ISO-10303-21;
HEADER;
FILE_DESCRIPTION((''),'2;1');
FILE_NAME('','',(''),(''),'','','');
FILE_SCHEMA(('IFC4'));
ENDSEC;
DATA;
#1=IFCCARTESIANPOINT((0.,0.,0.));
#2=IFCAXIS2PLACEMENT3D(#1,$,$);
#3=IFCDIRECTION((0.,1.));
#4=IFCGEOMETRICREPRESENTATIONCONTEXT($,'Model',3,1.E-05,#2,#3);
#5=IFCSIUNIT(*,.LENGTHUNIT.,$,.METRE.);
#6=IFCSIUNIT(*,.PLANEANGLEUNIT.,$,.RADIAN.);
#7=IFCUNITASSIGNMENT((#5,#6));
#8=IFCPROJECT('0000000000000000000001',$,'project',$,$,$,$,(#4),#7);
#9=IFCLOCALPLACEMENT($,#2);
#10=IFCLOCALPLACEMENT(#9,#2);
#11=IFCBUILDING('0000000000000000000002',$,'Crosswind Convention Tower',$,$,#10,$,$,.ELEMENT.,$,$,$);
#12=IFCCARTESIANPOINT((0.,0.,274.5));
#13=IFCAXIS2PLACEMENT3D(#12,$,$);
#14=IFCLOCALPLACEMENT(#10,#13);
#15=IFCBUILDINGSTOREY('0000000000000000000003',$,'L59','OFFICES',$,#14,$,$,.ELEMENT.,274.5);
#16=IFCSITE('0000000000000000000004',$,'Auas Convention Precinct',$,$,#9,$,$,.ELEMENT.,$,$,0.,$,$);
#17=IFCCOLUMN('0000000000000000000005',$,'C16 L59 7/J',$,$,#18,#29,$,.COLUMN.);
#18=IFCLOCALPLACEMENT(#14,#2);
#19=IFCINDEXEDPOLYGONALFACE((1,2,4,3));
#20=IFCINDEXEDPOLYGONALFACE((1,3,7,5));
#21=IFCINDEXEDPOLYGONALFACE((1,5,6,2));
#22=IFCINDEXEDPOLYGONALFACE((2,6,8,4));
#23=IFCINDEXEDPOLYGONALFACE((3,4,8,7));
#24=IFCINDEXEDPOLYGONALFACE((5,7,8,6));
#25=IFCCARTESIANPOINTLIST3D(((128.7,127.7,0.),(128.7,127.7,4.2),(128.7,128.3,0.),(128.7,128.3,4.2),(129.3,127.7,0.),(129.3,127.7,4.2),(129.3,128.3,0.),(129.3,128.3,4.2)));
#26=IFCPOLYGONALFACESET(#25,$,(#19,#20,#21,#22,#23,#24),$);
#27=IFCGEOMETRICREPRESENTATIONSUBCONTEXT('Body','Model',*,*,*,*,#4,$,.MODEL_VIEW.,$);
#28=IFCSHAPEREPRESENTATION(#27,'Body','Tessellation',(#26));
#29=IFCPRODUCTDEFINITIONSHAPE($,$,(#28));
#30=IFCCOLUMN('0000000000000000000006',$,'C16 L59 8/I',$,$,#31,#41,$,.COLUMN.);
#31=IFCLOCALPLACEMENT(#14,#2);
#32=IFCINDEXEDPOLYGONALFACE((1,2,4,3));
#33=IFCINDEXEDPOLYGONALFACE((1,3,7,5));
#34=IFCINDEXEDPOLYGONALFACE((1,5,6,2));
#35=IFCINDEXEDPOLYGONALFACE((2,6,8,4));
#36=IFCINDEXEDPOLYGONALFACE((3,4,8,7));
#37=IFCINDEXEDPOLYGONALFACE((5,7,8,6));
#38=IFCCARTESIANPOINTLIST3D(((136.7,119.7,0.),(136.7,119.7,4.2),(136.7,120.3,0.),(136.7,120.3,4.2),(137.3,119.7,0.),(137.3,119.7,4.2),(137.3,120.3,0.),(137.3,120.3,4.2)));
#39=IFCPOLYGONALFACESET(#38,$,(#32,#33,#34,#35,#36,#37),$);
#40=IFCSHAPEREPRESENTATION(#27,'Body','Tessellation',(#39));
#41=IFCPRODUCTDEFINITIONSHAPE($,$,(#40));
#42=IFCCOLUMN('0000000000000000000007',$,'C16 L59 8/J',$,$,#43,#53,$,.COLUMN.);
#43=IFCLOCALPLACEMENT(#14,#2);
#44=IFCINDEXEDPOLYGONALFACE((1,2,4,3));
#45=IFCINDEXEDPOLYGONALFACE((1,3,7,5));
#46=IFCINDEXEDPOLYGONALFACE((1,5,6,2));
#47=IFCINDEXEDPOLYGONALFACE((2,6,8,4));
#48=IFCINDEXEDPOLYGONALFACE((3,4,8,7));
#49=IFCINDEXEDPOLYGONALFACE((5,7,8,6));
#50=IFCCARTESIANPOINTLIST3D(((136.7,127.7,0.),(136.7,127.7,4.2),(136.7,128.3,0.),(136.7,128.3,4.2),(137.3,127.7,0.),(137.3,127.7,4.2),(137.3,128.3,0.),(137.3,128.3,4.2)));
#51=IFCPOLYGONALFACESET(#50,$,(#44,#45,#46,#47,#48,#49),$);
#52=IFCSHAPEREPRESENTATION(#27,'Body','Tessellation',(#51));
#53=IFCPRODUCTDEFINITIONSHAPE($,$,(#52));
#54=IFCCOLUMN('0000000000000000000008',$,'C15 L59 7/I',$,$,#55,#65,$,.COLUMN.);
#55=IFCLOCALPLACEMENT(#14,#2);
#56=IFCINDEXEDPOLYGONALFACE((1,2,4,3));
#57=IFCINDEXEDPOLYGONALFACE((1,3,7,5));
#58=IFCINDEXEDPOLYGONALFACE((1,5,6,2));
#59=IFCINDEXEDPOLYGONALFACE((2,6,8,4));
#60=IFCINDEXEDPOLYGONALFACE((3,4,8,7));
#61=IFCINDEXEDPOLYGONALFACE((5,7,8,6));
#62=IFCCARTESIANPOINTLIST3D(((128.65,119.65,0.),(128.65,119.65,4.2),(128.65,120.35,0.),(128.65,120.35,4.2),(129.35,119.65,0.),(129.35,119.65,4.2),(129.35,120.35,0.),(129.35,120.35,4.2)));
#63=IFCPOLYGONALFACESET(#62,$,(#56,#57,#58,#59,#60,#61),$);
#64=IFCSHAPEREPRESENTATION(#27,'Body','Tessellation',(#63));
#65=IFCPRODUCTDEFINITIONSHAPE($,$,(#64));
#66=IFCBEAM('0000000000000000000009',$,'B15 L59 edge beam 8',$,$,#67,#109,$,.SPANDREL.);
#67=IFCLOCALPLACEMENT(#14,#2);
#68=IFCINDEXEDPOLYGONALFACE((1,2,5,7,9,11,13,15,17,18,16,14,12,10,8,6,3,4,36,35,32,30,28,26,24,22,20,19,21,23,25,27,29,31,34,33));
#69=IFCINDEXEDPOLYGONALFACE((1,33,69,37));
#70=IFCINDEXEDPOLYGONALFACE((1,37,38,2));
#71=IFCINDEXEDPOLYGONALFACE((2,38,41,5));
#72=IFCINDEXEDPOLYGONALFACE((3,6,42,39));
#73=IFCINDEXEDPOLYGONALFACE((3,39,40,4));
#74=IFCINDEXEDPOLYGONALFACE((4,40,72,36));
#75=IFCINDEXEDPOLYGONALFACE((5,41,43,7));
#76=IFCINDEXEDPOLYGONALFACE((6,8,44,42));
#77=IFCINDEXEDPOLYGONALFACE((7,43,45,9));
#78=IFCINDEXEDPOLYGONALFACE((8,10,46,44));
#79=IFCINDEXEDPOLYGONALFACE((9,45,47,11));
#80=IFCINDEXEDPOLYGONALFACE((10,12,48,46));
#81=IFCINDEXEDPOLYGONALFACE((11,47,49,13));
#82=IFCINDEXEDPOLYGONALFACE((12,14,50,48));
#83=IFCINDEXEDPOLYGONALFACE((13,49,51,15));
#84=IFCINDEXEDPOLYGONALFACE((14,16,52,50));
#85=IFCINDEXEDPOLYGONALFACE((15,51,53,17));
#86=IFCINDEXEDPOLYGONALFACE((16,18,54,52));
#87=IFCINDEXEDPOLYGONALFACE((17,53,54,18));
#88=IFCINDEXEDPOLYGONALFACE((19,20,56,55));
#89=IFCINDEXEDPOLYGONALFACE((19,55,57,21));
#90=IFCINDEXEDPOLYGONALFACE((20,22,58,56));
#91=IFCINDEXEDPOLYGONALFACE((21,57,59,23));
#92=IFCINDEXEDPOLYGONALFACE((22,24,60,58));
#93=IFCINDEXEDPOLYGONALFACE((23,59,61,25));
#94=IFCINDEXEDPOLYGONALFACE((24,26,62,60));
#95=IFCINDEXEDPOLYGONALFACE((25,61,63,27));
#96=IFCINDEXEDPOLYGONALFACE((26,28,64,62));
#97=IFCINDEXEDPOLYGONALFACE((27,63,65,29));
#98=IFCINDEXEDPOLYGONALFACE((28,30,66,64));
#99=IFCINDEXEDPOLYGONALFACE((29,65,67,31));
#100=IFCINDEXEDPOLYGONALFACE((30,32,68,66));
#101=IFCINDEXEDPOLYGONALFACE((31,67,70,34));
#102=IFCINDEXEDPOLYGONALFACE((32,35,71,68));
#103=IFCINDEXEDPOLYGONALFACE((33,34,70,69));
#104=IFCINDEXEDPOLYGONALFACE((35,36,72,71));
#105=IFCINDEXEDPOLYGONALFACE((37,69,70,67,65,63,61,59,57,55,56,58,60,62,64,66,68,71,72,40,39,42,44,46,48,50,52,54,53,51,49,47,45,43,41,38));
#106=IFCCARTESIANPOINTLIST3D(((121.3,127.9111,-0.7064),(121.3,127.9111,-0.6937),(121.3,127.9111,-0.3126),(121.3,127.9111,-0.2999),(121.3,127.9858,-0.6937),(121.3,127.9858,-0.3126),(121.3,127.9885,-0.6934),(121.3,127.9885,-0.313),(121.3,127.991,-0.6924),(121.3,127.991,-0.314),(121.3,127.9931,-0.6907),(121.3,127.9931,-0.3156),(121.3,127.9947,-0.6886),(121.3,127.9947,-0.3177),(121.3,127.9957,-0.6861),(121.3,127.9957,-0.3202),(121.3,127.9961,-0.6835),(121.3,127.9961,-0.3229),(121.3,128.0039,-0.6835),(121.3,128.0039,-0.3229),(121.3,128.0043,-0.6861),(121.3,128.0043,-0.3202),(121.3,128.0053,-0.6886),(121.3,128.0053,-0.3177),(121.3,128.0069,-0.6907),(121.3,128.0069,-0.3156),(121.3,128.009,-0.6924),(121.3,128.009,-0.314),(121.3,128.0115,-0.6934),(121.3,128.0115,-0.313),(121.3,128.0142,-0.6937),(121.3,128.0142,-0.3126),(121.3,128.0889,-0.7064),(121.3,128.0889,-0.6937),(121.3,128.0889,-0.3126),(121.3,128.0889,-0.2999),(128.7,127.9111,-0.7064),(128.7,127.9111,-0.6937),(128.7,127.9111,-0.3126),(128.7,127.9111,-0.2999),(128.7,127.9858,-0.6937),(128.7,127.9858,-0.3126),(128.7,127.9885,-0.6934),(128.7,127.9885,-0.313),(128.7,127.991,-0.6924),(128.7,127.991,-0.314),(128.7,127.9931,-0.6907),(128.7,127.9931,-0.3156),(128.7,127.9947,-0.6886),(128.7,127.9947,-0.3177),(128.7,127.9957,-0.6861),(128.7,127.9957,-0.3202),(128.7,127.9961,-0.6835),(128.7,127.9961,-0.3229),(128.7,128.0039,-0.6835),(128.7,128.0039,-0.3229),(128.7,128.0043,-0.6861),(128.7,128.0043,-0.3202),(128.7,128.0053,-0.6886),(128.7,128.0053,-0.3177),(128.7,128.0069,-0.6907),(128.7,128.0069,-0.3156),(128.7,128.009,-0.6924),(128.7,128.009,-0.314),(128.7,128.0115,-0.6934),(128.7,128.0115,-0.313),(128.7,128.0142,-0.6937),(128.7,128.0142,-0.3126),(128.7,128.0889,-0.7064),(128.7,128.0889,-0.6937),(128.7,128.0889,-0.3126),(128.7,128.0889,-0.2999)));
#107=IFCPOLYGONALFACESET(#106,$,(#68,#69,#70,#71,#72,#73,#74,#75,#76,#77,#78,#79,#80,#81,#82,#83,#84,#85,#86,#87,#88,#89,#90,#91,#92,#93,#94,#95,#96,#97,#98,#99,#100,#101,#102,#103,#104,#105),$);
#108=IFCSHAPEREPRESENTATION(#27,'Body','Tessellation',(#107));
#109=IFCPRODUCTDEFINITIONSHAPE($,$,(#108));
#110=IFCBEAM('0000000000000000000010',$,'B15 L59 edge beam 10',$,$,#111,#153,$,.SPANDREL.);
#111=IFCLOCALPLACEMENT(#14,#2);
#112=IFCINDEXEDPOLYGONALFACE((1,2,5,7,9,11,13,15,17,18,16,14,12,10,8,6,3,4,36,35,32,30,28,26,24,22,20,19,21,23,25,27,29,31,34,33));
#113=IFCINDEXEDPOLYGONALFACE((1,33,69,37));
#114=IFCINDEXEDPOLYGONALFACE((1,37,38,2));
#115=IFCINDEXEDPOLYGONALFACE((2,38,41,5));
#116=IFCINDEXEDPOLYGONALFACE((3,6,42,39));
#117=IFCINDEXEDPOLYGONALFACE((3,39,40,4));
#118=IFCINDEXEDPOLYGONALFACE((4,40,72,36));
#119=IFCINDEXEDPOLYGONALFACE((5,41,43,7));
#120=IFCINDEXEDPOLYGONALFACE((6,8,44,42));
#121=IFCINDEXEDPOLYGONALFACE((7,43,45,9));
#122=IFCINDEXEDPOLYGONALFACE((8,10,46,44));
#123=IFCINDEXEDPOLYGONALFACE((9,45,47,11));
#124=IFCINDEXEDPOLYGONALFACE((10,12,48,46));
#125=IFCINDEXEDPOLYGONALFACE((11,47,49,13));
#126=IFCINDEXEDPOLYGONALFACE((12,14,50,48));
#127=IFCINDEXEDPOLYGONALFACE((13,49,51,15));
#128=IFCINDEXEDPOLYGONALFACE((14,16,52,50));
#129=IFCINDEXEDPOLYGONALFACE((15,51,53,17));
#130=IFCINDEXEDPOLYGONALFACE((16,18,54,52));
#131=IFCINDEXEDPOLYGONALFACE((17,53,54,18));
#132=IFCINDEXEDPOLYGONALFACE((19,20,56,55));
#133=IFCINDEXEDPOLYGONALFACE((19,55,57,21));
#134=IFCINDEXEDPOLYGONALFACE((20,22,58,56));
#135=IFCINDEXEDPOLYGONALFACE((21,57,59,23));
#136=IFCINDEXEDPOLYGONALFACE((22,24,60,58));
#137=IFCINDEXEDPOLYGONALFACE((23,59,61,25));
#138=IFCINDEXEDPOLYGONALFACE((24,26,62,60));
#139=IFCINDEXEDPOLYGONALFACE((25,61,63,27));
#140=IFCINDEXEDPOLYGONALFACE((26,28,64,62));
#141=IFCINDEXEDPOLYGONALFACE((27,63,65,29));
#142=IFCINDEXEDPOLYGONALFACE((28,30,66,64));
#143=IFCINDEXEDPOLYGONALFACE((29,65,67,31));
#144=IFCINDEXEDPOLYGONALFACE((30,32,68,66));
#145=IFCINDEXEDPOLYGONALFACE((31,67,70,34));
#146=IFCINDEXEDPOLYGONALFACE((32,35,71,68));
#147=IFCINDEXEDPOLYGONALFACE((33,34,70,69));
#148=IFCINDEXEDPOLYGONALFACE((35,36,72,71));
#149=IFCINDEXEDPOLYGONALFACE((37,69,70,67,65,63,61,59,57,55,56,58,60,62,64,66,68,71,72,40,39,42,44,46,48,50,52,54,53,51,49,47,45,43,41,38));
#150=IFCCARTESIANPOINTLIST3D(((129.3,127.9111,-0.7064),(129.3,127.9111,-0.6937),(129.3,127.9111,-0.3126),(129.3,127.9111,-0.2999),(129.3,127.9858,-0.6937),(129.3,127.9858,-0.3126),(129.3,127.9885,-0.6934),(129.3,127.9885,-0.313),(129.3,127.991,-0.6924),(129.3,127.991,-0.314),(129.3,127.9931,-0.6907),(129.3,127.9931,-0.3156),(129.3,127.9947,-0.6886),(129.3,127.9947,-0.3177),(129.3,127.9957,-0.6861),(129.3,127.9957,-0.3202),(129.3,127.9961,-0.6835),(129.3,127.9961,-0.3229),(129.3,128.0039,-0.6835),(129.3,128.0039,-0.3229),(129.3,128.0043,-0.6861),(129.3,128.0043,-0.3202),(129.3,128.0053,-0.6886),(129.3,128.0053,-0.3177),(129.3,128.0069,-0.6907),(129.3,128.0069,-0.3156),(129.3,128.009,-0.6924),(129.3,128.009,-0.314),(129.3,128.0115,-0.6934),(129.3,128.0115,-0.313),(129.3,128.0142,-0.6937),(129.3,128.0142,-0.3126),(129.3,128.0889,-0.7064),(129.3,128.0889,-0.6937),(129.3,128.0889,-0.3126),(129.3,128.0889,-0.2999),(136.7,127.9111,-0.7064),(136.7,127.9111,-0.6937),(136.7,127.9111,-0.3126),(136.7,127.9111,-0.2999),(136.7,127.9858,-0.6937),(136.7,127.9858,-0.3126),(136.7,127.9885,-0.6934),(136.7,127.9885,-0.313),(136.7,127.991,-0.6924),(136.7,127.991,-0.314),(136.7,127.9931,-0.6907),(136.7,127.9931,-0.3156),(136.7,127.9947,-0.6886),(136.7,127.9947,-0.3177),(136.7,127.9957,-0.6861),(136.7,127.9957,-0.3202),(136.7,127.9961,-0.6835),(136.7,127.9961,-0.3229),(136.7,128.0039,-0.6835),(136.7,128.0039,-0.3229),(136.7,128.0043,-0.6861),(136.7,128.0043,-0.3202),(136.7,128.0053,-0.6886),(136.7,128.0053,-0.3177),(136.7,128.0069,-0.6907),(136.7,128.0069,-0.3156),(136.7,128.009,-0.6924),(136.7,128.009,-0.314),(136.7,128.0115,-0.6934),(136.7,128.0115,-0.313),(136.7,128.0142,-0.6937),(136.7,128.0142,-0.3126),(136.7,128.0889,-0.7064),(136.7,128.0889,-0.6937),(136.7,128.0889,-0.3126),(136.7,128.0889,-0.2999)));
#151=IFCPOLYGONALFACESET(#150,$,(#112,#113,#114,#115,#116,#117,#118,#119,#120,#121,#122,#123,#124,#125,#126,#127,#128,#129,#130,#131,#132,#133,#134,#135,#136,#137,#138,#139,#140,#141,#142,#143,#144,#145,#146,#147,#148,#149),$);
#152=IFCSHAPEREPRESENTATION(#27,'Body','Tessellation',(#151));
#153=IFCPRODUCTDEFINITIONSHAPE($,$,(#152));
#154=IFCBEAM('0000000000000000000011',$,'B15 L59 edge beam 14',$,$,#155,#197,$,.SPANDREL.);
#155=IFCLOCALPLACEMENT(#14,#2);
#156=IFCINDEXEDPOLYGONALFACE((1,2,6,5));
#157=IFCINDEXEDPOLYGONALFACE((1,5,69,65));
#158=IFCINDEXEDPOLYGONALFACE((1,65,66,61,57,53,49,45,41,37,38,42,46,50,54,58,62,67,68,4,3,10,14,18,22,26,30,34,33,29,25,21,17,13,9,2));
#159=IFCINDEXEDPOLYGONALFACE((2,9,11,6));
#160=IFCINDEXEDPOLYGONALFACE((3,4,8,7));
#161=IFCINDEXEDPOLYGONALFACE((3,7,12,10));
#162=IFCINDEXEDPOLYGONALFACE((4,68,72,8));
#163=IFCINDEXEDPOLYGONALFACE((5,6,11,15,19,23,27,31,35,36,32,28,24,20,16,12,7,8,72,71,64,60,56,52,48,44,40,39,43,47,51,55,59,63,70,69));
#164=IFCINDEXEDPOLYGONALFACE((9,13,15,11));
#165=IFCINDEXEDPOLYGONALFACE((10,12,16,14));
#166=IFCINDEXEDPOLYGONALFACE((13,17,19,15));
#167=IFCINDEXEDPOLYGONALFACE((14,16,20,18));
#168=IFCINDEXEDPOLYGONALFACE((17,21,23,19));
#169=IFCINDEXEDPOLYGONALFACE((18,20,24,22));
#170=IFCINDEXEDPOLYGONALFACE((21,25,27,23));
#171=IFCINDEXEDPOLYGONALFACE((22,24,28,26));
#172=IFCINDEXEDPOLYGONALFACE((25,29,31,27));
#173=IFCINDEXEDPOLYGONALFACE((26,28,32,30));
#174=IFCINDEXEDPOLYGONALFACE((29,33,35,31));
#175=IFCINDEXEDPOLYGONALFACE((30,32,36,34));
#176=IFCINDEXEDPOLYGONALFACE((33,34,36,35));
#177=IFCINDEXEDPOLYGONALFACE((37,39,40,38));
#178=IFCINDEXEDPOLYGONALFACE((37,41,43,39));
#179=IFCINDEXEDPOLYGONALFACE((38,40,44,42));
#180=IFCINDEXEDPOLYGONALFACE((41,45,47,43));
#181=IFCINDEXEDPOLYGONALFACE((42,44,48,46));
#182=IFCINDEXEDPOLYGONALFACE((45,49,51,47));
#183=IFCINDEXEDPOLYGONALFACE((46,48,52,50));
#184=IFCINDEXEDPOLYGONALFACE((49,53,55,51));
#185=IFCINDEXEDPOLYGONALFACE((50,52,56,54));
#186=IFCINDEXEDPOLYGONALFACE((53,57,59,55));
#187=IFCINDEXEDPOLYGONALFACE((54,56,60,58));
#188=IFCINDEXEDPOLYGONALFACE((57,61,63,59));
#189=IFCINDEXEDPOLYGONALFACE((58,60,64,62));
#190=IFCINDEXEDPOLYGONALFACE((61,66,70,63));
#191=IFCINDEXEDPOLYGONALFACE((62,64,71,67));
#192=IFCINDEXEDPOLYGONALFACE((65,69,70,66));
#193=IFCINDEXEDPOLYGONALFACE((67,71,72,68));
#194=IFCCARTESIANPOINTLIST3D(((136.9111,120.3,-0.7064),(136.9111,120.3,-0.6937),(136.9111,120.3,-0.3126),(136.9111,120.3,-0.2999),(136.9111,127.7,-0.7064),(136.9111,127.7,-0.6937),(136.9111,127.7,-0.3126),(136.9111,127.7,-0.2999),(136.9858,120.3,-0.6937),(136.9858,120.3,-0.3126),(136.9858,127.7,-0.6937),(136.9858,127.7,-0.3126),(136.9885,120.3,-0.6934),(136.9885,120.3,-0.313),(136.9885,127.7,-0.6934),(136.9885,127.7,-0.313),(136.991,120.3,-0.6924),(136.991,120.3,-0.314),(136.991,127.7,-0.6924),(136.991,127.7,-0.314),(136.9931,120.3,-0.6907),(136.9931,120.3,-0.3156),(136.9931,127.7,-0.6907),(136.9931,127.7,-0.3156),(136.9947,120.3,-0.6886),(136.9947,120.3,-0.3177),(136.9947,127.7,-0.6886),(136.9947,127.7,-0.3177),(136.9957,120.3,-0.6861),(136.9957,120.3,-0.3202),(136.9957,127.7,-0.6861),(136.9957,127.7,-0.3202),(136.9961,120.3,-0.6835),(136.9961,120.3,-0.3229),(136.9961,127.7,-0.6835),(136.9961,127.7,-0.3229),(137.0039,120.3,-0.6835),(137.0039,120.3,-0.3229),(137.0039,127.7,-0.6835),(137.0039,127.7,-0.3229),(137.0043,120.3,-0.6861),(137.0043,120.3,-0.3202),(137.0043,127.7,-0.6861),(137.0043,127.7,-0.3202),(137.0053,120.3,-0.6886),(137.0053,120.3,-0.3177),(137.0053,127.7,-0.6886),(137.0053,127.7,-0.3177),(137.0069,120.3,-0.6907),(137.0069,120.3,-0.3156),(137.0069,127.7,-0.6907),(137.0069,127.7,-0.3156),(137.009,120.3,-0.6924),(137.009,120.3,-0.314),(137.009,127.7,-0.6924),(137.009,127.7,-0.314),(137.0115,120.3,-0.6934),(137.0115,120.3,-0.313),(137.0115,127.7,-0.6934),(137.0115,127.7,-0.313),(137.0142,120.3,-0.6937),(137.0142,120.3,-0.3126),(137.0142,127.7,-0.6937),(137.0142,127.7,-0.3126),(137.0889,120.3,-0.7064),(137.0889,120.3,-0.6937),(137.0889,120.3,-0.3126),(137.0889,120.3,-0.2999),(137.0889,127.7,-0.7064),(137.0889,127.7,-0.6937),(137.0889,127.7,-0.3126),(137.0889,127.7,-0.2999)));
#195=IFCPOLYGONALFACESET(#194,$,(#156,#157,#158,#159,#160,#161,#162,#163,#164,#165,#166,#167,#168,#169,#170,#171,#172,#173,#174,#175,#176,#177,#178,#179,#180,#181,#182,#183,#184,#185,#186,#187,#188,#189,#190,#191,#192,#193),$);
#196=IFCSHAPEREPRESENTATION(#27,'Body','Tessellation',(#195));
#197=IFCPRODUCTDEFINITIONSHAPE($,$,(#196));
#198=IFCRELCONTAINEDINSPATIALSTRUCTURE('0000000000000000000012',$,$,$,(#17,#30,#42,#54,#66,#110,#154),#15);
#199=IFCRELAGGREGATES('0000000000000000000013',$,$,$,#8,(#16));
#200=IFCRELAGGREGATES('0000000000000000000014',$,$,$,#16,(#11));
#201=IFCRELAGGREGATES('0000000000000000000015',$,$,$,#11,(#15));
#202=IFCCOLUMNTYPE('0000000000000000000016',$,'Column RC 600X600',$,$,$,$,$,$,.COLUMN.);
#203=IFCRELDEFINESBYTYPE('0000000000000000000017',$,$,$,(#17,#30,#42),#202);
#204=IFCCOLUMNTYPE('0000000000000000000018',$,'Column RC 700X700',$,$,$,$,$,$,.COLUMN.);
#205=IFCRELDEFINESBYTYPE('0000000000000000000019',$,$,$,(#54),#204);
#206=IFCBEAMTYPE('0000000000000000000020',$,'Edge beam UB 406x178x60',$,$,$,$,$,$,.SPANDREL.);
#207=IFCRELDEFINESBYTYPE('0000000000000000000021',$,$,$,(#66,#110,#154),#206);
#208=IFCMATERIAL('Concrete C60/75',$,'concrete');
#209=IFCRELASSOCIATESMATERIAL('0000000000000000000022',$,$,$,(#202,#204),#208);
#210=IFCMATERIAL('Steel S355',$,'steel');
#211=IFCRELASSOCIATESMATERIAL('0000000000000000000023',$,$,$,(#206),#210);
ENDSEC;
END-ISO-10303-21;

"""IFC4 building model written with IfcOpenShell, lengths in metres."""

from ifc_helpers import new_model, si_unit, direction, frame, origin, origin_2d, place, context, subcontext, project, spatial, rectangle, i_section, extrude, material, material_profile, profile_set, type_object, element, save


model = new_model("IFC4")

# Units and contexts
model_context = context("Model", 3, precision=1e-05, world=origin(), true_north=direction((0.0, 1.0)))
body_context = subcontext(model_context, "Body", "Model", "MODEL_VIEW")
ifc_project = project(units=[si_unit("LENGTHUNIT", "METRE"), si_unit("PLANEANGLEUNIT", "RADIAN")], contexts=[model_context])

# Site, building, storey
site_placement = place(None, origin())
site = spatial("IfcSite", under=ifc_project, at=site_placement, Name="Auas Convention Precinct", CompositionType="ELEMENT", RefElevation=0.0)
building_placement = place(site_placement, origin())
building = spatial("IfcBuilding", under=site, at=building_placement, Name="Crosswind Convention Tower", CompositionType="ELEMENT")
storey_placement = place(building_placement, frame((0.0, 0.0, 274.5)))
storey = spatial("IfcBuildingStorey", under=building, at=storey_placement, Name="L59", Description="OFFICES", CompositionType="ELEMENT", Elevation=274.5)

# Columns
ifc_material_1 = material(Name="Concrete C60/75", Category="concrete")
ifc_material_profile_1 = material_profile(ifc_material_1, rectangle(XDim=0.6001, YDim=0.6001, at=origin_2d()), Name="RC 600X600")
ifc_profile_set_1 = profile_set([ifc_material_profile_1], Name="Concrete C60/75")
column_type_1 = type_object("IfcColumnType", Name="Column RC 600X600", PredefinedType="COLUMN", material=ifc_profile_set_1)
for number, where, z_axis, x_axis, name in (
    (1, (129.0, 128.0, 0.0), (0.0, 0.0, 1.0), (1.0, 0.0, 0.0), "C16 L59 7/J"),
    (2, (137.0, 120.0, 0.0), (0.0, 0.0, 1.0), (1.0, 0.0, 0.0), "C16 L59 8/I"),
    (3, (137.0, 128.0, 0.0), (0.0, 0.0, 1.0), (1.0, 0.0, 0.0), "C16 L59 8/J"),
):
    element("IfcColumn", number, at=place(storey_placement, frame(where, z_axis=z_axis, x_axis=x_axis)), inside=storey, type_object=column_type_1, Name=name, PredefinedType="COLUMN", context=body_context, shape_type="SweptSolid", body=[
        extrude(rectangle(XDim=0.6001, YDim=0.6001, at=origin_2d()), origin(), (0.0, 0.0, 1.0), 4.2),
    ])
ifc_material_profile_2 = material_profile(ifc_material_1, rectangle(XDim=0.7, YDim=0.7, at=origin_2d()), Name="RC 700X700")
ifc_profile_set_2 = profile_set([ifc_material_profile_2], Name="Concrete C60/75")
column_type_2 = type_object("IfcColumnType", Name="Column RC 700X700", PredefinedType="COLUMN", material=ifc_profile_set_2)
column_placement = place(storey_placement, frame((129.0, 120.0, 0.0), z_axis=(0.0, 0.0, 1.0), x_axis=(1.0, 0.0, 0.0)))
element("IfcColumn", 4, at=column_placement, inside=storey, type_object=column_type_2, Name="C15 L59 7/I", PredefinedType="COLUMN", context=body_context, shape_type="SweptSolid", body=[
    extrude(rectangle(XDim=0.7, YDim=0.7, at=origin_2d()), origin(), (0.0, 0.0, 1.0), 4.2),
])

# Beams
ifc_material_2 = material(Name="Steel S355", Category="steel")
ifc_material_profile_3 = material_profile(ifc_material_2, i_section(OverallWidth=0.1777, OverallDepth=0.4065, WebThickness=0.0078, FlangeThickness=0.0127, FilletRadius=0.0103, at=origin_2d()), Name="UB 406x178x60")
ifc_profile_set_3 = profile_set([ifc_material_profile_3], Name="Steel S355")
beam_type_1 = type_object("IfcBeamType", Name="Edge beam UB 406x178x60", PredefinedType="SPANDREL", material=ifc_profile_set_3)
for number, where, z_axis, x_axis, name in (
    (5, (121.3, 128.0, -0.5032), (1.0, 0.0, 0.0), (0.0, 1.0, 0.0), "B15 L59 edge beam 8"),
    (6, (129.3, 128.0, -0.5032), (1.0, 0.0, 0.0), (0.0, 1.0, 0.0), "B15 L59 edge beam 10"),
    (7, (137.0, 120.3, -0.5032), (0.0, 1.0, 0.0), (-1.0, 0.0, 0.0), "B15 L59 edge beam 14"),
):
    element("IfcBeam", number, at=place(storey_placement, frame(where, z_axis=z_axis, x_axis=x_axis)), inside=storey, type_object=beam_type_1, Name=name, PredefinedType="SPANDREL", context=body_context, shape_type="SweptSolid", body=[
        extrude(i_section(OverallWidth=0.1777, OverallDepth=0.4065, WebThickness=0.0078, FlangeThickness=0.0127, FilletRadius=0.0103, at=origin_2d()), origin(), (0.0, 0.0, 1.0), 7.3999),
    ])

save(model, "model.ifc")
